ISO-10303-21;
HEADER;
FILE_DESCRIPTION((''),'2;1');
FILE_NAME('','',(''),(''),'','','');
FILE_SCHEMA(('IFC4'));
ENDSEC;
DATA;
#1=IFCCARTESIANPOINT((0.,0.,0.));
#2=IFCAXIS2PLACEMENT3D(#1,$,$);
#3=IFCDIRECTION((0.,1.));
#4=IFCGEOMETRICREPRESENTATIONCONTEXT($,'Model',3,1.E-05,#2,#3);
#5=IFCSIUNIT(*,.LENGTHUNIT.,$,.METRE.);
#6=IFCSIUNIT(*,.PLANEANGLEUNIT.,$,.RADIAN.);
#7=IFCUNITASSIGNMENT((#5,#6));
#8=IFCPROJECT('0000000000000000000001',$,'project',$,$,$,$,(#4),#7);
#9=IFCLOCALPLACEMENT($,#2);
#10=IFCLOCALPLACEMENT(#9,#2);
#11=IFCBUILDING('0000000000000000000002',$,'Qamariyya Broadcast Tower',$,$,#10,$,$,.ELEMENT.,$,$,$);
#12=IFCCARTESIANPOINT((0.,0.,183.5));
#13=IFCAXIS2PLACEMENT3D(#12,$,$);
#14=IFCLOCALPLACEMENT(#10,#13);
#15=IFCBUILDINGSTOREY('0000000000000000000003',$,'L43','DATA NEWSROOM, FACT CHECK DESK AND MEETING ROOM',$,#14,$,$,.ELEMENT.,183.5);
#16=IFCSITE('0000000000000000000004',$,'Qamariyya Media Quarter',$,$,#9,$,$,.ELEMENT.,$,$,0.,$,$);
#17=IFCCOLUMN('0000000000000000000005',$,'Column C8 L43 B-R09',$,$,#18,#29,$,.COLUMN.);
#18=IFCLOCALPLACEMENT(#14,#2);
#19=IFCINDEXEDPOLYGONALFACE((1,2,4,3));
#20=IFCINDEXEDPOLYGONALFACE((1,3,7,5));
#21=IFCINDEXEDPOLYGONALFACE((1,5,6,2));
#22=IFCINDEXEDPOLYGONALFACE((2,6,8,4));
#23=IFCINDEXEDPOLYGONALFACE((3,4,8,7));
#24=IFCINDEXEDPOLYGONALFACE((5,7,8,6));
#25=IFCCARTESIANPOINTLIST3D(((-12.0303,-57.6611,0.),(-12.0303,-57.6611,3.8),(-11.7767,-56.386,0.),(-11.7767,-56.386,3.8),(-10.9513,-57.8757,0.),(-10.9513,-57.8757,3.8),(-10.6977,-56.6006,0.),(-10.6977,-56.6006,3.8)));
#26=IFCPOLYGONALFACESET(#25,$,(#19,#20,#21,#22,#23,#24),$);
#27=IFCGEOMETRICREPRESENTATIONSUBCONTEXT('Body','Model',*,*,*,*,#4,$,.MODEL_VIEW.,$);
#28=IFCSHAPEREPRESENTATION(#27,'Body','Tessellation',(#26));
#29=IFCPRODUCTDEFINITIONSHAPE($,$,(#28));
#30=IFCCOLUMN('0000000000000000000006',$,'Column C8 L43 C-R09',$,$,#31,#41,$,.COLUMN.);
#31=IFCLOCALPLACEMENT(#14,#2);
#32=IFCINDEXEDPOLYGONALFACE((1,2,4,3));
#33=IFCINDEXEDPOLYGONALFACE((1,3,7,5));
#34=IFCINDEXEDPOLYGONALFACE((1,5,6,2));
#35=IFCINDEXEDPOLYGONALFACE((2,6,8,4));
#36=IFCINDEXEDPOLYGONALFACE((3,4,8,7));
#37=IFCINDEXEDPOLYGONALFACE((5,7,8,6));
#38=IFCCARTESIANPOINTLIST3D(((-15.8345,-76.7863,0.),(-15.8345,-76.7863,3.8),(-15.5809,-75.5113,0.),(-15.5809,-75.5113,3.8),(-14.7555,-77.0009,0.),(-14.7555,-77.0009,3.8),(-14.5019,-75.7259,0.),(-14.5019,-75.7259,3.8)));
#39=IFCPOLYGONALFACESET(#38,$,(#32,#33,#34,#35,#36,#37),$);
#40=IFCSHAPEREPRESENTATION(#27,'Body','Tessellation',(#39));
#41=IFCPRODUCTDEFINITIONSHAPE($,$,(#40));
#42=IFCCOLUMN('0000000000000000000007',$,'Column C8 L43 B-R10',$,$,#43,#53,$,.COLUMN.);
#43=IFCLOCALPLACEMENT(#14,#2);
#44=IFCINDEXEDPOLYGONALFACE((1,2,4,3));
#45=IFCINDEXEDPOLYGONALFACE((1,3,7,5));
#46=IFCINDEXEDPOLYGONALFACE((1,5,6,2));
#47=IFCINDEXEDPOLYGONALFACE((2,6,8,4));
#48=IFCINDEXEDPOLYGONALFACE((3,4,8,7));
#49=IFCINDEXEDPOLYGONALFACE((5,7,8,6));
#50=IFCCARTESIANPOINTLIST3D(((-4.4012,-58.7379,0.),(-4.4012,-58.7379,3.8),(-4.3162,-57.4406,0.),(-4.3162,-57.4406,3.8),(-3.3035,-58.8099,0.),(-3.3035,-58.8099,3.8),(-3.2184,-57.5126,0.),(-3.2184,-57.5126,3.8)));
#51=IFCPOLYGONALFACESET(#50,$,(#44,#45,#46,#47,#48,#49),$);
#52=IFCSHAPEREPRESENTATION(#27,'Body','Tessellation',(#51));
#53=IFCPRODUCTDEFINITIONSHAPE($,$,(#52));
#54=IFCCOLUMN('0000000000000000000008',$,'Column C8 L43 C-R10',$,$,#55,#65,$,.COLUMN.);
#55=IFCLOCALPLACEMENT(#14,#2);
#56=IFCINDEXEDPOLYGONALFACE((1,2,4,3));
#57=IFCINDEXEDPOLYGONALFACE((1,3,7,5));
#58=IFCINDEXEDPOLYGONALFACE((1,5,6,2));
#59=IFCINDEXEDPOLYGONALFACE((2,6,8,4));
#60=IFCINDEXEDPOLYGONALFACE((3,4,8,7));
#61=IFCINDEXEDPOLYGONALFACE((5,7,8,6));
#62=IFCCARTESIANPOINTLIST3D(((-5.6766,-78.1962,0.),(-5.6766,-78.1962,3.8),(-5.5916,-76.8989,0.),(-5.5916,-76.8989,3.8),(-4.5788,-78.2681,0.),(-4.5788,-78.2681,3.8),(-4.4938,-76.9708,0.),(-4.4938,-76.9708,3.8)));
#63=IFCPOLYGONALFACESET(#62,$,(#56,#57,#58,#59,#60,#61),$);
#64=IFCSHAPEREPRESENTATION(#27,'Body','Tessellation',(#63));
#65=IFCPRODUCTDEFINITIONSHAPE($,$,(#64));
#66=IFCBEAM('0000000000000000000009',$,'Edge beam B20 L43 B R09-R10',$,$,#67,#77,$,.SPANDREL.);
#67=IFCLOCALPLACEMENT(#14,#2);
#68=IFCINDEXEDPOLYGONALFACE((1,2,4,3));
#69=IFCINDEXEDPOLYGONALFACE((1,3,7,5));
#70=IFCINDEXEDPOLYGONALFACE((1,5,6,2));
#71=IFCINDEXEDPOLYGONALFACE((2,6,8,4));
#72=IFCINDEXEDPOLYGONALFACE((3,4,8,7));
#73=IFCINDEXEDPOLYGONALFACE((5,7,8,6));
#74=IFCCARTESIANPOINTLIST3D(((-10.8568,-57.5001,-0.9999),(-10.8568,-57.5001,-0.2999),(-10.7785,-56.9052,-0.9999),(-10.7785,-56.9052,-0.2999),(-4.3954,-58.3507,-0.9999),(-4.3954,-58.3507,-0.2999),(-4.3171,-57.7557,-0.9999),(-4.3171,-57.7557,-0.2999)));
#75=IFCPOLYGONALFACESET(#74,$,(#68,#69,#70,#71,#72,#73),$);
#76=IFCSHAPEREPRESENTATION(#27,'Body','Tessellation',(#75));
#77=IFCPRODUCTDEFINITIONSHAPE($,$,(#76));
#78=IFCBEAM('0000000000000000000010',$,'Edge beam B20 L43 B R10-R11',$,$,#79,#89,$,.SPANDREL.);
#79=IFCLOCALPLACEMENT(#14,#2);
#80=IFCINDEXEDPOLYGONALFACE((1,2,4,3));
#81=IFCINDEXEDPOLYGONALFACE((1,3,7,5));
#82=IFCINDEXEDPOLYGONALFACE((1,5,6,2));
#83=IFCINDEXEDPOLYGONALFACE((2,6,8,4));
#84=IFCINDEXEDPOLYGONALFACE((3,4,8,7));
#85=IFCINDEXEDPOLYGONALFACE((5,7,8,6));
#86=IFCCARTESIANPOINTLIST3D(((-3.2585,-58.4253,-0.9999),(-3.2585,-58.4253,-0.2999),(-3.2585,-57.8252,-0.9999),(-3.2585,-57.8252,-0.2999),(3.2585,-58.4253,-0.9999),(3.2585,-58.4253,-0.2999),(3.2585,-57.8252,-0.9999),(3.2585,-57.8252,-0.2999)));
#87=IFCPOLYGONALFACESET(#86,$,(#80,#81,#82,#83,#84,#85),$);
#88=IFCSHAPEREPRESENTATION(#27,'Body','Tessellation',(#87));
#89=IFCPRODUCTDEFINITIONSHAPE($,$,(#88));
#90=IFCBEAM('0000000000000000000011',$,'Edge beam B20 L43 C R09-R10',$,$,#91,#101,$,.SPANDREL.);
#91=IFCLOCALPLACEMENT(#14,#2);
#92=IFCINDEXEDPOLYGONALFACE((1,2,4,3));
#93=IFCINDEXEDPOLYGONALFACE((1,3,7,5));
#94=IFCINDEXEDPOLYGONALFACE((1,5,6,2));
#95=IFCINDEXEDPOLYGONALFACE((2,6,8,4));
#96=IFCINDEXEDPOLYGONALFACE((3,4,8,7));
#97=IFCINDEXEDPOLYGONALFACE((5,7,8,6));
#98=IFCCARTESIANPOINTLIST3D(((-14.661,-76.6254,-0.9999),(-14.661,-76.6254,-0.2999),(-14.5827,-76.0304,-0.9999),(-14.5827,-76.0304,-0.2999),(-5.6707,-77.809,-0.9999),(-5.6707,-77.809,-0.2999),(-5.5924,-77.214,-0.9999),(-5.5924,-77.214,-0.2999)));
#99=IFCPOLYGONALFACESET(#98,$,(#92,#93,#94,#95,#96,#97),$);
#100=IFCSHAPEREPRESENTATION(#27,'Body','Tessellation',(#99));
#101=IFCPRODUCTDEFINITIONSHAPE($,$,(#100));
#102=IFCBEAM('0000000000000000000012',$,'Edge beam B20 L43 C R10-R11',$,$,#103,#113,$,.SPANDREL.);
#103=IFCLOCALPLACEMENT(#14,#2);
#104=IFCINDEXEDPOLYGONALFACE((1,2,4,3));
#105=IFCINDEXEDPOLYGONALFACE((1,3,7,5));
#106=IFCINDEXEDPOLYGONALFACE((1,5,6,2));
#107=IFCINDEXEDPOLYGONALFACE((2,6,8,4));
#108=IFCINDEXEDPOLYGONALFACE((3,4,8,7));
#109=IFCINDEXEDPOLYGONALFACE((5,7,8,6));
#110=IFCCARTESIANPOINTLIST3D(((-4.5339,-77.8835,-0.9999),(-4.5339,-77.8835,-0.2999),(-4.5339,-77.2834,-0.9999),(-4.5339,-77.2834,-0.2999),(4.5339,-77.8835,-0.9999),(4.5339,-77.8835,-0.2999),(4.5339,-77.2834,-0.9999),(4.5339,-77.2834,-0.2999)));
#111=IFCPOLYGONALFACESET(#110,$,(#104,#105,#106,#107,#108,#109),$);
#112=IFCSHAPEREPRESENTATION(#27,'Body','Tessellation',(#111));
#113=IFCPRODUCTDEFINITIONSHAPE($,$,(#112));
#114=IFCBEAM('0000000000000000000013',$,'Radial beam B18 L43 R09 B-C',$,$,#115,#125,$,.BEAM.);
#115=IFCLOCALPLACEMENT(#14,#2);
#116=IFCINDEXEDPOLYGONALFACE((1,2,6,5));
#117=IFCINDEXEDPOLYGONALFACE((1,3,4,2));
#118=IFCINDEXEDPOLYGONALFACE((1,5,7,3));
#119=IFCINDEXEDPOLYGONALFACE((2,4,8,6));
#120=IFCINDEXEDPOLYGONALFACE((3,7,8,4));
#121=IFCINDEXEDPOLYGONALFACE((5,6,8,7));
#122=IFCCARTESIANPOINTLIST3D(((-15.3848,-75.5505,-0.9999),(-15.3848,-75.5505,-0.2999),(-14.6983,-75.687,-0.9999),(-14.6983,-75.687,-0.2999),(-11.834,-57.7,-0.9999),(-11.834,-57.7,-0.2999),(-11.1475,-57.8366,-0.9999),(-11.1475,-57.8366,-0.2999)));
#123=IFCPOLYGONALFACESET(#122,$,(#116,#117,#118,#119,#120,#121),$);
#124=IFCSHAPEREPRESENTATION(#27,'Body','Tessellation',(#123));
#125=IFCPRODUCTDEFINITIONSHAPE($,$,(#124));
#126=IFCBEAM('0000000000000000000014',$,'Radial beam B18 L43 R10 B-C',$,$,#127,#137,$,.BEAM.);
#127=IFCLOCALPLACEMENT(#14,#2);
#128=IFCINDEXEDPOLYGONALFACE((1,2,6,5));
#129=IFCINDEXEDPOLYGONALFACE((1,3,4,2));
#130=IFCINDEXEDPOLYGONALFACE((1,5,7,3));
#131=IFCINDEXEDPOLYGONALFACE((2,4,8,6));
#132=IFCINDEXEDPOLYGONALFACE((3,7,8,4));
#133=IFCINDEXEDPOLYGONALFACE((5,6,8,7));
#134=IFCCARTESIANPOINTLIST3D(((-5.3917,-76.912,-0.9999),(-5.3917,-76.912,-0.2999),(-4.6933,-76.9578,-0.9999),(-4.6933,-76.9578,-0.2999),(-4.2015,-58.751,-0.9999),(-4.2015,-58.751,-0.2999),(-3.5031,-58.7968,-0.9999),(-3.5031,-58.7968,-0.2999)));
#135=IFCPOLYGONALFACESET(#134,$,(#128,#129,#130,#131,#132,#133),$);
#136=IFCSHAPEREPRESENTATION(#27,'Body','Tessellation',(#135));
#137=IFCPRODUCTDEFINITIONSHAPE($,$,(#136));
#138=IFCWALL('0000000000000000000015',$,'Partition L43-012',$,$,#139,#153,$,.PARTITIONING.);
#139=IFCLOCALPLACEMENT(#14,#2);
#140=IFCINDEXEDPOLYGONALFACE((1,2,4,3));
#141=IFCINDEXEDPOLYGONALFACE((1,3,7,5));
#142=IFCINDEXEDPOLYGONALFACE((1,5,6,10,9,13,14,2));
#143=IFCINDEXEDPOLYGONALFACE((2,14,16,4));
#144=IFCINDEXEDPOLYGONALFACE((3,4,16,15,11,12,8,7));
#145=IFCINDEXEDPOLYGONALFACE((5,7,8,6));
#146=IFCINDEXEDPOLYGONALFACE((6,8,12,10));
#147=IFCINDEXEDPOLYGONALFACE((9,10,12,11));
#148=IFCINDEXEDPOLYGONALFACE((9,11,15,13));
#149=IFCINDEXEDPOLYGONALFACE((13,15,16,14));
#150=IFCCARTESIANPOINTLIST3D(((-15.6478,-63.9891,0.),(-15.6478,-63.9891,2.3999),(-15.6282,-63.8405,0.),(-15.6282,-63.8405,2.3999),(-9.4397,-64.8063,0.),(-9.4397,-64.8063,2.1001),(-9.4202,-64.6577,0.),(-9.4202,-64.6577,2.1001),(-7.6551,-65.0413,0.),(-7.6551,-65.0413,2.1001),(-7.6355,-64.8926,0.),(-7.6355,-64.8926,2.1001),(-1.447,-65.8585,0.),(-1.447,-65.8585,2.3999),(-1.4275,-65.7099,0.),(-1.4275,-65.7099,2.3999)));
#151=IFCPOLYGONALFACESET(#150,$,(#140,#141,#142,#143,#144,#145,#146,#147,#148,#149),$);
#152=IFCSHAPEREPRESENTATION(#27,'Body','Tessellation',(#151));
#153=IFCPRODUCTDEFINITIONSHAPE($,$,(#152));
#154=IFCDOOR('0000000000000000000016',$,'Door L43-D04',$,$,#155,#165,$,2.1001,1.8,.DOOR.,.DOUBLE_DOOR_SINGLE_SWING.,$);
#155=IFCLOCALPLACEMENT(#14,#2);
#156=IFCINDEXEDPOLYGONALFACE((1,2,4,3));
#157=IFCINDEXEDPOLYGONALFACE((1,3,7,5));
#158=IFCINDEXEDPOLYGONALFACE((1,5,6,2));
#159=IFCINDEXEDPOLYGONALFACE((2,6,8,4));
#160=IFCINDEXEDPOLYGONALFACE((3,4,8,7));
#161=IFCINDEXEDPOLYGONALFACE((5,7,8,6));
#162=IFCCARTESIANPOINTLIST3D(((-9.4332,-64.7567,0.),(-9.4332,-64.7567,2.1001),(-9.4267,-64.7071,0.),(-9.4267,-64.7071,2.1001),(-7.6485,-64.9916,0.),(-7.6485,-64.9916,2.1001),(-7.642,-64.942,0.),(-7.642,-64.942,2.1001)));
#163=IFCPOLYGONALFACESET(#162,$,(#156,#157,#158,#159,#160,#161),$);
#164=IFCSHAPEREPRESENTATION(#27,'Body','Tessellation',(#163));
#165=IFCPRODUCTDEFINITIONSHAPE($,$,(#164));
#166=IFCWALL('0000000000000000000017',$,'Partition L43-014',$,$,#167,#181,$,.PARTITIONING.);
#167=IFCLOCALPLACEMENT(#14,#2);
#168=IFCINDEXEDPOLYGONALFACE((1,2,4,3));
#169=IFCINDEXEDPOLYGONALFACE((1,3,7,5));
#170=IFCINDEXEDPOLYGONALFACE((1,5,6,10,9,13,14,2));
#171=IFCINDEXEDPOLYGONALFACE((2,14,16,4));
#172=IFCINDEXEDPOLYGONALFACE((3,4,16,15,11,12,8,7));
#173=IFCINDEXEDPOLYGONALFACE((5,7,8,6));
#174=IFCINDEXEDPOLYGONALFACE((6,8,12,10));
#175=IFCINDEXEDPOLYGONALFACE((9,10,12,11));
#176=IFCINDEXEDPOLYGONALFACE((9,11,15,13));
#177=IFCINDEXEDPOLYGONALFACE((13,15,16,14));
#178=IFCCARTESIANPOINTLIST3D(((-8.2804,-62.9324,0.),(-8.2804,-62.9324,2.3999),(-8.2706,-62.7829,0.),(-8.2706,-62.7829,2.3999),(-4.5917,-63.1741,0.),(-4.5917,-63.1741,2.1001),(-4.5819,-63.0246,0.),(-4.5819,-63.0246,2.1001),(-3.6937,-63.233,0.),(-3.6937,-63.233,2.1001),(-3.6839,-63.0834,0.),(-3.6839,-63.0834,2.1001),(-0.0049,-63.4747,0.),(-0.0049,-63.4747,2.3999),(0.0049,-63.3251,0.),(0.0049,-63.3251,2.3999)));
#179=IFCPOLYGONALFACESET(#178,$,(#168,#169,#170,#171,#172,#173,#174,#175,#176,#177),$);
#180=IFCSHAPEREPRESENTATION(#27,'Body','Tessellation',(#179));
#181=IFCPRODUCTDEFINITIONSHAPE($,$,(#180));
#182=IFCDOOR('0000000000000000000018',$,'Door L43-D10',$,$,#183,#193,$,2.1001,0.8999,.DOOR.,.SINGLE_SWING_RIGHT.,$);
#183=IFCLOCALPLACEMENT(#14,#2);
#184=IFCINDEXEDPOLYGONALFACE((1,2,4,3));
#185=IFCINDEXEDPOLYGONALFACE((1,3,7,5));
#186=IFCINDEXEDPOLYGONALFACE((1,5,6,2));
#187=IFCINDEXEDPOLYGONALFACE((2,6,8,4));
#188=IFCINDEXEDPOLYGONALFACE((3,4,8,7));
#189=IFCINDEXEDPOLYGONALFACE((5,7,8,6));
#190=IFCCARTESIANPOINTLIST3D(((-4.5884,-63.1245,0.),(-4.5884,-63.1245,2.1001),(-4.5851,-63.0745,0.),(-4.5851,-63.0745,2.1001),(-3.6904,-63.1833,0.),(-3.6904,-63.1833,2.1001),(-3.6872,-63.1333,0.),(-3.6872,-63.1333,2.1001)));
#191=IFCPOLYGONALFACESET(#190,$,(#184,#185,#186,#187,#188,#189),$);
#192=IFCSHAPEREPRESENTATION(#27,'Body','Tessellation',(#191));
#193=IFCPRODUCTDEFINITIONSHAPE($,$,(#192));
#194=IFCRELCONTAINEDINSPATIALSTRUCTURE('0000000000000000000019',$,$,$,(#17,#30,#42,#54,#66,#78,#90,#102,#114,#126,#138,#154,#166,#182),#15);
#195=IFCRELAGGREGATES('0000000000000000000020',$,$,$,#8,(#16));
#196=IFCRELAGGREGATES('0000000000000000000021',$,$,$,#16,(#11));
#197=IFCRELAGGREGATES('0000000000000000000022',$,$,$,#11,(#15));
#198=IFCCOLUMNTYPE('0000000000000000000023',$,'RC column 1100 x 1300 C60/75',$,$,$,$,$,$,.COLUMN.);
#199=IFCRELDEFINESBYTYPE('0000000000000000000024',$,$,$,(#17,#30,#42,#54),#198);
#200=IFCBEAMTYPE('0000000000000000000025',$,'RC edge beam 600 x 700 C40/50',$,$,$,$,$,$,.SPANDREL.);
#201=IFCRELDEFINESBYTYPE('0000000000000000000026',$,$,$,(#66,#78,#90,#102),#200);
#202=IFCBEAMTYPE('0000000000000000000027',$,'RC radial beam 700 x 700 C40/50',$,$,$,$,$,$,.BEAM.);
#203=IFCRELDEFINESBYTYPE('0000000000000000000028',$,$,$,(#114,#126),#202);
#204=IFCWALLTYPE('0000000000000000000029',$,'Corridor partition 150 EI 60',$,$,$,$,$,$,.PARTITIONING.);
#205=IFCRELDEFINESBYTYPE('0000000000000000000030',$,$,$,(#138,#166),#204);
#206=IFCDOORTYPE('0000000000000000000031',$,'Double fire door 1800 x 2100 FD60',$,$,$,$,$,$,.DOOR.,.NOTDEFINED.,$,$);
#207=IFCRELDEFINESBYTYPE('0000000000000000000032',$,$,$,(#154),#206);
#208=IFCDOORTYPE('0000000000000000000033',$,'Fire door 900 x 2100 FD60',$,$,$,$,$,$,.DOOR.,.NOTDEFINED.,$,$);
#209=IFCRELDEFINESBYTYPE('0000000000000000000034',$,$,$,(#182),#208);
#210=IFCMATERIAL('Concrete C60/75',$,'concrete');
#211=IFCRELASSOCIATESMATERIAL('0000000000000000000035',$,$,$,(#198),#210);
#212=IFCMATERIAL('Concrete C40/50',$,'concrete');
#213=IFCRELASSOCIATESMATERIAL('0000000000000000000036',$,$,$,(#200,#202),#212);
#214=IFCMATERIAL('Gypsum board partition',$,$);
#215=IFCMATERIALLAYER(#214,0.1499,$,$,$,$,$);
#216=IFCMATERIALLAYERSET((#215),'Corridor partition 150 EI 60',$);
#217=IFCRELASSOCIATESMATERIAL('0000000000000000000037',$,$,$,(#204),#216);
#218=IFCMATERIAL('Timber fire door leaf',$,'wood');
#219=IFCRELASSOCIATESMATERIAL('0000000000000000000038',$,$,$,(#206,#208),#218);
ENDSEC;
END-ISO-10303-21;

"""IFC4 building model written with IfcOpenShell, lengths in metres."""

from ifc_helpers import new_model, si_unit, direction, frame, frame_2d, origin, origin_2d, place, context, subcontext, project, spatial, rectangle, extrude, material, layer, layer_set, material_profile, profile_set, type_object, element, fill, save


model = new_model("IFC4")

# Units and contexts
model_context = context("Model", 3, precision=1e-05, world=origin(), true_north=direction((0.0, 1.0)))
body_context = subcontext(model_context, "Body", "Model", "MODEL_VIEW")
ifc_project = project(units=[si_unit("LENGTHUNIT", "METRE"), si_unit("PLANEANGLEUNIT", "RADIAN")], contexts=[model_context])

# Site, building, storey
site_placement = place(None, origin())
site = spatial("IfcSite", under=ifc_project, at=site_placement, Name="Qamariyya Media Quarter", CompositionType="ELEMENT", RefElevation=0.0)
building_placement = place(site_placement, origin())
building = spatial("IfcBuilding", under=site, at=building_placement, Name="Qamariyya Broadcast Tower", CompositionType="ELEMENT")
storey_placement = place(building_placement, frame((0.0, 0.0, 183.5)))
storey = spatial("IfcBuildingStorey", under=building, at=storey_placement, Name="L43", Description="DATA NEWSROOM, FACT CHECK DESK AND MEETING ROOM", CompositionType="ELEMENT", Elevation=183.5)

# Columns
ifc_material_1 = material(Name="Concrete C60/75", Category="concrete")
ifc_material_profile_1 = material_profile(ifc_material_1, rectangle(XDim=1.1001, YDim=1.3, at=origin_2d()))
ifc_profile_set_1 = profile_set([ifc_material_profile_1], Name="Concrete C60/75")
column_type = type_object("IfcColumnType", Name="RC column 1100 x 1300 C60/75", PredefinedType="COLUMN", material=ifc_profile_set_1)
for number, where, z_axis, x_axis, name in (
    (1, (-11.364, -57.1309, 0.0), (0.0, 0.0, 1.0), (0.980785, -0.19509, 0.0), "Column C8 L43 B-R09"),
    (2, (-15.1682, -76.2561, 0.0), (0.0, 0.0, 1.0), (0.980785, -0.19509, 0.0), "Column C8 L43 C-R09"),
    (3, (-3.8098, -58.1252, 0.0), (0.0, 0.0, 1.0), (0.997859, -0.065403, 0.0), "Column C8 L43 B-R10"),
    (4, (-5.0852, -77.5835, 0.0), (0.0, 0.0, 1.0), (0.997859, -0.065403, 0.0), "Column C8 L43 C-R10"),
):
    element("IfcColumn", number, at=place(storey_placement, frame(where, z_axis=z_axis, x_axis=x_axis)), inside=storey, type_object=column_type, Name=name, PredefinedType="COLUMN", context=body_context, shape_type="SweptSolid", body=[
        extrude(rectangle(XDim=1.1001, YDim=1.3, at=origin_2d()), origin(), (0.0, 0.0, 1.0), 3.8),
    ])

# Beams
ifc_material_2 = material(Name="Concrete C40/50", Category="concrete")
ifc_material_profile_2 = material_profile(ifc_material_2, rectangle(XDim=0.6001, YDim=0.7, at=origin_2d()))
ifc_profile_set_2 = profile_set([ifc_material_profile_2], Name="Concrete C40/50")
beam_type_1 = type_object("IfcBeamType", Name="RC edge beam 600 x 700 C40/50", PredefinedType="SPANDREL", material=ifc_profile_set_2)
for number, where, z_axis, x_axis, name in (
    (5, (-10.8176, -57.2026, -0.6499), (0.991446, -0.130515, 0.0), (0.130515, 0.991446, 0.0), "Edge beam B20 L43 B R09-R10"),
    (6, (-3.2585, -58.1252, -0.6499), (1.0, 0.0, 0.0), (0.0, 1.0, 0.0), "Edge beam B20 L43 B R10-R11"),
):
    element("IfcBeam", number, at=place(storey_placement, frame(where, z_axis=z_axis, x_axis=x_axis)), inside=storey, type_object=beam_type_1, Name=name, PredefinedType="SPANDREL", context=body_context, shape_type="SweptSolid", body=[
        extrude(rectangle(XDim=0.6001, YDim=0.7, at=origin_2d()), origin(), (0.0, 0.0, 1.0), 6.5171),
    ])
for number, where, z_axis, x_axis, name in (
    (7, (-14.6218, -76.3279, -0.6499), (0.991445, -0.130527, 0.0), (0.130527, 0.991445, 0.0), "Edge beam B20 L43 C R09-R10"),
    (8, (-4.5339, -77.5835, -0.6499), (1.0, 0.0, 0.0), (0.0, 1.0, 0.0), "Edge beam B20 L43 C R10-R11"),
):
    element("IfcBeam", number, at=place(storey_placement, frame(where, z_axis=z_axis, x_axis=x_axis)), inside=storey, type_object=beam_type_1, Name=name, PredefinedType="SPANDREL", context=body_context, shape_type="SweptSolid", body=[
        extrude(rectangle(XDim=0.6001, YDim=0.7, at=origin_2d()), origin(), (0.0, 0.0, 1.0), 9.0679),
    ])
ifc_material_profile_3 = material_profile(ifc_material_2, rectangle(XDim=0.7, YDim=0.7, at=origin_2d()))
ifc_profile_set_3 = profile_set([ifc_material_profile_3], Name="Concrete C40/50")
beam_type_2 = type_object("IfcBeamType", Name="RC radial beam 700 x 700 C40/50", PredefinedType="BEAM", material=ifc_profile_set_3)
beam_1_placement = place(storey_placement, frame((-11.4907, -57.7683, -0.6499), z_axis=(-0.195097, -0.980784, 0.0), x_axis=(0.980784, -0.195097, 0.0)))
element("IfcBeam", 9, at=beam_1_placement, inside=storey, type_object=beam_type_2, Name="Radial beam B18 L43 R09 B-C", PredefinedType="BEAM", context=body_context, shape_type="SweptSolid", body=[
    extrude(rectangle(XDim=0.7, YDim=0.7, at=origin_2d()), origin(), (0.0, 0.0, 1.0), 18.2002),
])
beam_2_placement = place(storey_placement, frame((-3.8523, -58.7739, -0.6499), z_axis=(-0.065395, -0.997859, 0.0), x_axis=(0.997859, -0.065395, 0.0)))
element("IfcBeam", 10, at=beam_2_placement, inside=storey, type_object=beam_type_2, Name="Radial beam B18 L43 R10 B-C", PredefinedType="BEAM", context=body_context, shape_type="SweptSolid", body=[
    extrude(rectangle(XDim=0.7, YDim=0.7, at=origin_2d()), origin(), (0.0, 0.0, 1.0), 18.2),
])

# Walls, openings, doors
ifc_material_3 = material(Name="Gypsum board partition")
ifc_layer_1 = layer(ifc_material_3, 0.1499)
ifc_layer_set_1 = layer_set([ifc_layer_1], Name="Corridor partition 150 EI 60")
wall_type_1 = type_object("IfcWallType", Name="Corridor partition 150 EI 60", PredefinedType="PARTITIONING", material=ifc_layer_set_1)
wall_1_placement = place(storey_placement, frame((-1.4373, -65.7842, 0.0), z_axis=(0.0, 0.0, 1.0), x_axis=(-0.991446, 0.130514, 0.0)))
wall_1 = element("IfcWall", 11, at=wall_1_placement, inside=storey, type_object=wall_type_1, Name="Partition L43-012", PredefinedType="PARTITIONING", context=body_context, shape_type="SweptSolid", body=[
    extrude(rectangle(XDim=14.3232, YDim=0.1499, at=frame_2d((7.1616, 0.0))), origin(), (0.0, 0.0, 1.0), 2.3999),
])
opening_1_placement = place(wall_1_placement, frame((6.2617, 0.0, 0.0)))
opening_1 = element("IfcOpeningElement", 12, at=opening_1_placement, cuts=wall_1, PredefinedType="OPENING", context=body_context, shape_type="SweptSolid", body=[
    extrude(rectangle(XDim=1.8, YDim=2.1001, at=frame_2d((0.8999, 1.05))), frame((0.0, 0.085, 0.0), z_axis=(0.0, -1.0, 0.0), x_axis=(1.0, 0.0, 0.0)), (0.0, 0.0, 1.0), 0.1699),
])
ifc_material_4 = material(Name="Timber fire door leaf", Category="wood")
door_type_1 = type_object("IfcDoorType", Name="Double fire door 1800 x 2100 FD60", OperationType="NOTDEFINED", PredefinedType="DOOR", material=ifc_material_4)
door_1_placement = place(opening_1_placement, origin())
door_1 = element("IfcDoor", 13, at=door_1_placement, inside=storey, type_object=door_type_1, Name="Door L43-D04", OperationType="DOUBLE_DOOR_SINGLE_SWING", OverallHeight=2.1001, OverallWidth=1.8, PredefinedType="DOOR", context=body_context, shape_type="SweptSolid", body=[
    extrude(rectangle(XDim=1.8, YDim=2.1001, at=frame_2d((0.8999, 1.05))), frame((0.0, 0.0249, 0.0), z_axis=(0.0, -1.0, 0.0), x_axis=(1.0, 0.0, 0.0)), (0.0, 0.0, 1.0), 0.05),
])
fill(opening_1, door_1)
wall_2_placement = place(storey_placement, frame((-8.2754, -62.8577, 0.0), z_axis=(0.0, 0.0, 1.0), x_axis=(0.99786, -0.065384, 0.0)))
wall_2 = element("IfcWall", 14, at=wall_2_placement, inside=storey, type_object=wall_type_1, Name="Partition L43-014", PredefinedType="PARTITIONING", context=body_context, shape_type="SweptSolid", body=[
    extrude(rectangle(XDim=8.2932, YDim=0.1499, at=frame_2d((4.1465, 0.0))), origin(), (0.0, 0.0, 1.0), 2.3999),
])
opening_2_placement = place(wall_2_placement, frame((3.6965, 0.0, 0.0)))
opening_2 = element("IfcOpeningElement", 15, at=opening_2_placement, cuts=wall_2, PredefinedType="OPENING", context=body_context, shape_type="SweptSolid", body=[
    extrude(rectangle(XDim=0.8999, YDim=2.1001, at=frame_2d((0.45, 1.05))), frame((0.0, 0.085, 0.0), z_axis=(0.0, -1.0, 0.0), x_axis=(1.0, 0.0, 0.0)), (0.0, 0.0, 1.0), 0.1699),
])
door_type_2 = type_object("IfcDoorType", Name="Fire door 900 x 2100 FD60", OperationType="NOTDEFINED", PredefinedType="DOOR", material=ifc_material_4)
door_2_placement = place(opening_2_placement, origin())
door_2 = element("IfcDoor", 16, at=door_2_placement, inside=storey, type_object=door_type_2, Name="Door L43-D10", OperationType="SINGLE_SWING_RIGHT", OverallHeight=2.1001, OverallWidth=0.8999, PredefinedType="DOOR", context=body_context, shape_type="SweptSolid", body=[
    extrude(rectangle(XDim=0.8999, YDim=2.1001, at=frame_2d((0.45, 1.05))), frame((0.0, 0.0249, 0.0), z_axis=(0.0, -1.0, 0.0), x_axis=(1.0, 0.0, 0.0)), (0.0, 0.0, 1.0), 0.05),
])
fill(opening_2, door_2)

save(model, "model.ifc")
